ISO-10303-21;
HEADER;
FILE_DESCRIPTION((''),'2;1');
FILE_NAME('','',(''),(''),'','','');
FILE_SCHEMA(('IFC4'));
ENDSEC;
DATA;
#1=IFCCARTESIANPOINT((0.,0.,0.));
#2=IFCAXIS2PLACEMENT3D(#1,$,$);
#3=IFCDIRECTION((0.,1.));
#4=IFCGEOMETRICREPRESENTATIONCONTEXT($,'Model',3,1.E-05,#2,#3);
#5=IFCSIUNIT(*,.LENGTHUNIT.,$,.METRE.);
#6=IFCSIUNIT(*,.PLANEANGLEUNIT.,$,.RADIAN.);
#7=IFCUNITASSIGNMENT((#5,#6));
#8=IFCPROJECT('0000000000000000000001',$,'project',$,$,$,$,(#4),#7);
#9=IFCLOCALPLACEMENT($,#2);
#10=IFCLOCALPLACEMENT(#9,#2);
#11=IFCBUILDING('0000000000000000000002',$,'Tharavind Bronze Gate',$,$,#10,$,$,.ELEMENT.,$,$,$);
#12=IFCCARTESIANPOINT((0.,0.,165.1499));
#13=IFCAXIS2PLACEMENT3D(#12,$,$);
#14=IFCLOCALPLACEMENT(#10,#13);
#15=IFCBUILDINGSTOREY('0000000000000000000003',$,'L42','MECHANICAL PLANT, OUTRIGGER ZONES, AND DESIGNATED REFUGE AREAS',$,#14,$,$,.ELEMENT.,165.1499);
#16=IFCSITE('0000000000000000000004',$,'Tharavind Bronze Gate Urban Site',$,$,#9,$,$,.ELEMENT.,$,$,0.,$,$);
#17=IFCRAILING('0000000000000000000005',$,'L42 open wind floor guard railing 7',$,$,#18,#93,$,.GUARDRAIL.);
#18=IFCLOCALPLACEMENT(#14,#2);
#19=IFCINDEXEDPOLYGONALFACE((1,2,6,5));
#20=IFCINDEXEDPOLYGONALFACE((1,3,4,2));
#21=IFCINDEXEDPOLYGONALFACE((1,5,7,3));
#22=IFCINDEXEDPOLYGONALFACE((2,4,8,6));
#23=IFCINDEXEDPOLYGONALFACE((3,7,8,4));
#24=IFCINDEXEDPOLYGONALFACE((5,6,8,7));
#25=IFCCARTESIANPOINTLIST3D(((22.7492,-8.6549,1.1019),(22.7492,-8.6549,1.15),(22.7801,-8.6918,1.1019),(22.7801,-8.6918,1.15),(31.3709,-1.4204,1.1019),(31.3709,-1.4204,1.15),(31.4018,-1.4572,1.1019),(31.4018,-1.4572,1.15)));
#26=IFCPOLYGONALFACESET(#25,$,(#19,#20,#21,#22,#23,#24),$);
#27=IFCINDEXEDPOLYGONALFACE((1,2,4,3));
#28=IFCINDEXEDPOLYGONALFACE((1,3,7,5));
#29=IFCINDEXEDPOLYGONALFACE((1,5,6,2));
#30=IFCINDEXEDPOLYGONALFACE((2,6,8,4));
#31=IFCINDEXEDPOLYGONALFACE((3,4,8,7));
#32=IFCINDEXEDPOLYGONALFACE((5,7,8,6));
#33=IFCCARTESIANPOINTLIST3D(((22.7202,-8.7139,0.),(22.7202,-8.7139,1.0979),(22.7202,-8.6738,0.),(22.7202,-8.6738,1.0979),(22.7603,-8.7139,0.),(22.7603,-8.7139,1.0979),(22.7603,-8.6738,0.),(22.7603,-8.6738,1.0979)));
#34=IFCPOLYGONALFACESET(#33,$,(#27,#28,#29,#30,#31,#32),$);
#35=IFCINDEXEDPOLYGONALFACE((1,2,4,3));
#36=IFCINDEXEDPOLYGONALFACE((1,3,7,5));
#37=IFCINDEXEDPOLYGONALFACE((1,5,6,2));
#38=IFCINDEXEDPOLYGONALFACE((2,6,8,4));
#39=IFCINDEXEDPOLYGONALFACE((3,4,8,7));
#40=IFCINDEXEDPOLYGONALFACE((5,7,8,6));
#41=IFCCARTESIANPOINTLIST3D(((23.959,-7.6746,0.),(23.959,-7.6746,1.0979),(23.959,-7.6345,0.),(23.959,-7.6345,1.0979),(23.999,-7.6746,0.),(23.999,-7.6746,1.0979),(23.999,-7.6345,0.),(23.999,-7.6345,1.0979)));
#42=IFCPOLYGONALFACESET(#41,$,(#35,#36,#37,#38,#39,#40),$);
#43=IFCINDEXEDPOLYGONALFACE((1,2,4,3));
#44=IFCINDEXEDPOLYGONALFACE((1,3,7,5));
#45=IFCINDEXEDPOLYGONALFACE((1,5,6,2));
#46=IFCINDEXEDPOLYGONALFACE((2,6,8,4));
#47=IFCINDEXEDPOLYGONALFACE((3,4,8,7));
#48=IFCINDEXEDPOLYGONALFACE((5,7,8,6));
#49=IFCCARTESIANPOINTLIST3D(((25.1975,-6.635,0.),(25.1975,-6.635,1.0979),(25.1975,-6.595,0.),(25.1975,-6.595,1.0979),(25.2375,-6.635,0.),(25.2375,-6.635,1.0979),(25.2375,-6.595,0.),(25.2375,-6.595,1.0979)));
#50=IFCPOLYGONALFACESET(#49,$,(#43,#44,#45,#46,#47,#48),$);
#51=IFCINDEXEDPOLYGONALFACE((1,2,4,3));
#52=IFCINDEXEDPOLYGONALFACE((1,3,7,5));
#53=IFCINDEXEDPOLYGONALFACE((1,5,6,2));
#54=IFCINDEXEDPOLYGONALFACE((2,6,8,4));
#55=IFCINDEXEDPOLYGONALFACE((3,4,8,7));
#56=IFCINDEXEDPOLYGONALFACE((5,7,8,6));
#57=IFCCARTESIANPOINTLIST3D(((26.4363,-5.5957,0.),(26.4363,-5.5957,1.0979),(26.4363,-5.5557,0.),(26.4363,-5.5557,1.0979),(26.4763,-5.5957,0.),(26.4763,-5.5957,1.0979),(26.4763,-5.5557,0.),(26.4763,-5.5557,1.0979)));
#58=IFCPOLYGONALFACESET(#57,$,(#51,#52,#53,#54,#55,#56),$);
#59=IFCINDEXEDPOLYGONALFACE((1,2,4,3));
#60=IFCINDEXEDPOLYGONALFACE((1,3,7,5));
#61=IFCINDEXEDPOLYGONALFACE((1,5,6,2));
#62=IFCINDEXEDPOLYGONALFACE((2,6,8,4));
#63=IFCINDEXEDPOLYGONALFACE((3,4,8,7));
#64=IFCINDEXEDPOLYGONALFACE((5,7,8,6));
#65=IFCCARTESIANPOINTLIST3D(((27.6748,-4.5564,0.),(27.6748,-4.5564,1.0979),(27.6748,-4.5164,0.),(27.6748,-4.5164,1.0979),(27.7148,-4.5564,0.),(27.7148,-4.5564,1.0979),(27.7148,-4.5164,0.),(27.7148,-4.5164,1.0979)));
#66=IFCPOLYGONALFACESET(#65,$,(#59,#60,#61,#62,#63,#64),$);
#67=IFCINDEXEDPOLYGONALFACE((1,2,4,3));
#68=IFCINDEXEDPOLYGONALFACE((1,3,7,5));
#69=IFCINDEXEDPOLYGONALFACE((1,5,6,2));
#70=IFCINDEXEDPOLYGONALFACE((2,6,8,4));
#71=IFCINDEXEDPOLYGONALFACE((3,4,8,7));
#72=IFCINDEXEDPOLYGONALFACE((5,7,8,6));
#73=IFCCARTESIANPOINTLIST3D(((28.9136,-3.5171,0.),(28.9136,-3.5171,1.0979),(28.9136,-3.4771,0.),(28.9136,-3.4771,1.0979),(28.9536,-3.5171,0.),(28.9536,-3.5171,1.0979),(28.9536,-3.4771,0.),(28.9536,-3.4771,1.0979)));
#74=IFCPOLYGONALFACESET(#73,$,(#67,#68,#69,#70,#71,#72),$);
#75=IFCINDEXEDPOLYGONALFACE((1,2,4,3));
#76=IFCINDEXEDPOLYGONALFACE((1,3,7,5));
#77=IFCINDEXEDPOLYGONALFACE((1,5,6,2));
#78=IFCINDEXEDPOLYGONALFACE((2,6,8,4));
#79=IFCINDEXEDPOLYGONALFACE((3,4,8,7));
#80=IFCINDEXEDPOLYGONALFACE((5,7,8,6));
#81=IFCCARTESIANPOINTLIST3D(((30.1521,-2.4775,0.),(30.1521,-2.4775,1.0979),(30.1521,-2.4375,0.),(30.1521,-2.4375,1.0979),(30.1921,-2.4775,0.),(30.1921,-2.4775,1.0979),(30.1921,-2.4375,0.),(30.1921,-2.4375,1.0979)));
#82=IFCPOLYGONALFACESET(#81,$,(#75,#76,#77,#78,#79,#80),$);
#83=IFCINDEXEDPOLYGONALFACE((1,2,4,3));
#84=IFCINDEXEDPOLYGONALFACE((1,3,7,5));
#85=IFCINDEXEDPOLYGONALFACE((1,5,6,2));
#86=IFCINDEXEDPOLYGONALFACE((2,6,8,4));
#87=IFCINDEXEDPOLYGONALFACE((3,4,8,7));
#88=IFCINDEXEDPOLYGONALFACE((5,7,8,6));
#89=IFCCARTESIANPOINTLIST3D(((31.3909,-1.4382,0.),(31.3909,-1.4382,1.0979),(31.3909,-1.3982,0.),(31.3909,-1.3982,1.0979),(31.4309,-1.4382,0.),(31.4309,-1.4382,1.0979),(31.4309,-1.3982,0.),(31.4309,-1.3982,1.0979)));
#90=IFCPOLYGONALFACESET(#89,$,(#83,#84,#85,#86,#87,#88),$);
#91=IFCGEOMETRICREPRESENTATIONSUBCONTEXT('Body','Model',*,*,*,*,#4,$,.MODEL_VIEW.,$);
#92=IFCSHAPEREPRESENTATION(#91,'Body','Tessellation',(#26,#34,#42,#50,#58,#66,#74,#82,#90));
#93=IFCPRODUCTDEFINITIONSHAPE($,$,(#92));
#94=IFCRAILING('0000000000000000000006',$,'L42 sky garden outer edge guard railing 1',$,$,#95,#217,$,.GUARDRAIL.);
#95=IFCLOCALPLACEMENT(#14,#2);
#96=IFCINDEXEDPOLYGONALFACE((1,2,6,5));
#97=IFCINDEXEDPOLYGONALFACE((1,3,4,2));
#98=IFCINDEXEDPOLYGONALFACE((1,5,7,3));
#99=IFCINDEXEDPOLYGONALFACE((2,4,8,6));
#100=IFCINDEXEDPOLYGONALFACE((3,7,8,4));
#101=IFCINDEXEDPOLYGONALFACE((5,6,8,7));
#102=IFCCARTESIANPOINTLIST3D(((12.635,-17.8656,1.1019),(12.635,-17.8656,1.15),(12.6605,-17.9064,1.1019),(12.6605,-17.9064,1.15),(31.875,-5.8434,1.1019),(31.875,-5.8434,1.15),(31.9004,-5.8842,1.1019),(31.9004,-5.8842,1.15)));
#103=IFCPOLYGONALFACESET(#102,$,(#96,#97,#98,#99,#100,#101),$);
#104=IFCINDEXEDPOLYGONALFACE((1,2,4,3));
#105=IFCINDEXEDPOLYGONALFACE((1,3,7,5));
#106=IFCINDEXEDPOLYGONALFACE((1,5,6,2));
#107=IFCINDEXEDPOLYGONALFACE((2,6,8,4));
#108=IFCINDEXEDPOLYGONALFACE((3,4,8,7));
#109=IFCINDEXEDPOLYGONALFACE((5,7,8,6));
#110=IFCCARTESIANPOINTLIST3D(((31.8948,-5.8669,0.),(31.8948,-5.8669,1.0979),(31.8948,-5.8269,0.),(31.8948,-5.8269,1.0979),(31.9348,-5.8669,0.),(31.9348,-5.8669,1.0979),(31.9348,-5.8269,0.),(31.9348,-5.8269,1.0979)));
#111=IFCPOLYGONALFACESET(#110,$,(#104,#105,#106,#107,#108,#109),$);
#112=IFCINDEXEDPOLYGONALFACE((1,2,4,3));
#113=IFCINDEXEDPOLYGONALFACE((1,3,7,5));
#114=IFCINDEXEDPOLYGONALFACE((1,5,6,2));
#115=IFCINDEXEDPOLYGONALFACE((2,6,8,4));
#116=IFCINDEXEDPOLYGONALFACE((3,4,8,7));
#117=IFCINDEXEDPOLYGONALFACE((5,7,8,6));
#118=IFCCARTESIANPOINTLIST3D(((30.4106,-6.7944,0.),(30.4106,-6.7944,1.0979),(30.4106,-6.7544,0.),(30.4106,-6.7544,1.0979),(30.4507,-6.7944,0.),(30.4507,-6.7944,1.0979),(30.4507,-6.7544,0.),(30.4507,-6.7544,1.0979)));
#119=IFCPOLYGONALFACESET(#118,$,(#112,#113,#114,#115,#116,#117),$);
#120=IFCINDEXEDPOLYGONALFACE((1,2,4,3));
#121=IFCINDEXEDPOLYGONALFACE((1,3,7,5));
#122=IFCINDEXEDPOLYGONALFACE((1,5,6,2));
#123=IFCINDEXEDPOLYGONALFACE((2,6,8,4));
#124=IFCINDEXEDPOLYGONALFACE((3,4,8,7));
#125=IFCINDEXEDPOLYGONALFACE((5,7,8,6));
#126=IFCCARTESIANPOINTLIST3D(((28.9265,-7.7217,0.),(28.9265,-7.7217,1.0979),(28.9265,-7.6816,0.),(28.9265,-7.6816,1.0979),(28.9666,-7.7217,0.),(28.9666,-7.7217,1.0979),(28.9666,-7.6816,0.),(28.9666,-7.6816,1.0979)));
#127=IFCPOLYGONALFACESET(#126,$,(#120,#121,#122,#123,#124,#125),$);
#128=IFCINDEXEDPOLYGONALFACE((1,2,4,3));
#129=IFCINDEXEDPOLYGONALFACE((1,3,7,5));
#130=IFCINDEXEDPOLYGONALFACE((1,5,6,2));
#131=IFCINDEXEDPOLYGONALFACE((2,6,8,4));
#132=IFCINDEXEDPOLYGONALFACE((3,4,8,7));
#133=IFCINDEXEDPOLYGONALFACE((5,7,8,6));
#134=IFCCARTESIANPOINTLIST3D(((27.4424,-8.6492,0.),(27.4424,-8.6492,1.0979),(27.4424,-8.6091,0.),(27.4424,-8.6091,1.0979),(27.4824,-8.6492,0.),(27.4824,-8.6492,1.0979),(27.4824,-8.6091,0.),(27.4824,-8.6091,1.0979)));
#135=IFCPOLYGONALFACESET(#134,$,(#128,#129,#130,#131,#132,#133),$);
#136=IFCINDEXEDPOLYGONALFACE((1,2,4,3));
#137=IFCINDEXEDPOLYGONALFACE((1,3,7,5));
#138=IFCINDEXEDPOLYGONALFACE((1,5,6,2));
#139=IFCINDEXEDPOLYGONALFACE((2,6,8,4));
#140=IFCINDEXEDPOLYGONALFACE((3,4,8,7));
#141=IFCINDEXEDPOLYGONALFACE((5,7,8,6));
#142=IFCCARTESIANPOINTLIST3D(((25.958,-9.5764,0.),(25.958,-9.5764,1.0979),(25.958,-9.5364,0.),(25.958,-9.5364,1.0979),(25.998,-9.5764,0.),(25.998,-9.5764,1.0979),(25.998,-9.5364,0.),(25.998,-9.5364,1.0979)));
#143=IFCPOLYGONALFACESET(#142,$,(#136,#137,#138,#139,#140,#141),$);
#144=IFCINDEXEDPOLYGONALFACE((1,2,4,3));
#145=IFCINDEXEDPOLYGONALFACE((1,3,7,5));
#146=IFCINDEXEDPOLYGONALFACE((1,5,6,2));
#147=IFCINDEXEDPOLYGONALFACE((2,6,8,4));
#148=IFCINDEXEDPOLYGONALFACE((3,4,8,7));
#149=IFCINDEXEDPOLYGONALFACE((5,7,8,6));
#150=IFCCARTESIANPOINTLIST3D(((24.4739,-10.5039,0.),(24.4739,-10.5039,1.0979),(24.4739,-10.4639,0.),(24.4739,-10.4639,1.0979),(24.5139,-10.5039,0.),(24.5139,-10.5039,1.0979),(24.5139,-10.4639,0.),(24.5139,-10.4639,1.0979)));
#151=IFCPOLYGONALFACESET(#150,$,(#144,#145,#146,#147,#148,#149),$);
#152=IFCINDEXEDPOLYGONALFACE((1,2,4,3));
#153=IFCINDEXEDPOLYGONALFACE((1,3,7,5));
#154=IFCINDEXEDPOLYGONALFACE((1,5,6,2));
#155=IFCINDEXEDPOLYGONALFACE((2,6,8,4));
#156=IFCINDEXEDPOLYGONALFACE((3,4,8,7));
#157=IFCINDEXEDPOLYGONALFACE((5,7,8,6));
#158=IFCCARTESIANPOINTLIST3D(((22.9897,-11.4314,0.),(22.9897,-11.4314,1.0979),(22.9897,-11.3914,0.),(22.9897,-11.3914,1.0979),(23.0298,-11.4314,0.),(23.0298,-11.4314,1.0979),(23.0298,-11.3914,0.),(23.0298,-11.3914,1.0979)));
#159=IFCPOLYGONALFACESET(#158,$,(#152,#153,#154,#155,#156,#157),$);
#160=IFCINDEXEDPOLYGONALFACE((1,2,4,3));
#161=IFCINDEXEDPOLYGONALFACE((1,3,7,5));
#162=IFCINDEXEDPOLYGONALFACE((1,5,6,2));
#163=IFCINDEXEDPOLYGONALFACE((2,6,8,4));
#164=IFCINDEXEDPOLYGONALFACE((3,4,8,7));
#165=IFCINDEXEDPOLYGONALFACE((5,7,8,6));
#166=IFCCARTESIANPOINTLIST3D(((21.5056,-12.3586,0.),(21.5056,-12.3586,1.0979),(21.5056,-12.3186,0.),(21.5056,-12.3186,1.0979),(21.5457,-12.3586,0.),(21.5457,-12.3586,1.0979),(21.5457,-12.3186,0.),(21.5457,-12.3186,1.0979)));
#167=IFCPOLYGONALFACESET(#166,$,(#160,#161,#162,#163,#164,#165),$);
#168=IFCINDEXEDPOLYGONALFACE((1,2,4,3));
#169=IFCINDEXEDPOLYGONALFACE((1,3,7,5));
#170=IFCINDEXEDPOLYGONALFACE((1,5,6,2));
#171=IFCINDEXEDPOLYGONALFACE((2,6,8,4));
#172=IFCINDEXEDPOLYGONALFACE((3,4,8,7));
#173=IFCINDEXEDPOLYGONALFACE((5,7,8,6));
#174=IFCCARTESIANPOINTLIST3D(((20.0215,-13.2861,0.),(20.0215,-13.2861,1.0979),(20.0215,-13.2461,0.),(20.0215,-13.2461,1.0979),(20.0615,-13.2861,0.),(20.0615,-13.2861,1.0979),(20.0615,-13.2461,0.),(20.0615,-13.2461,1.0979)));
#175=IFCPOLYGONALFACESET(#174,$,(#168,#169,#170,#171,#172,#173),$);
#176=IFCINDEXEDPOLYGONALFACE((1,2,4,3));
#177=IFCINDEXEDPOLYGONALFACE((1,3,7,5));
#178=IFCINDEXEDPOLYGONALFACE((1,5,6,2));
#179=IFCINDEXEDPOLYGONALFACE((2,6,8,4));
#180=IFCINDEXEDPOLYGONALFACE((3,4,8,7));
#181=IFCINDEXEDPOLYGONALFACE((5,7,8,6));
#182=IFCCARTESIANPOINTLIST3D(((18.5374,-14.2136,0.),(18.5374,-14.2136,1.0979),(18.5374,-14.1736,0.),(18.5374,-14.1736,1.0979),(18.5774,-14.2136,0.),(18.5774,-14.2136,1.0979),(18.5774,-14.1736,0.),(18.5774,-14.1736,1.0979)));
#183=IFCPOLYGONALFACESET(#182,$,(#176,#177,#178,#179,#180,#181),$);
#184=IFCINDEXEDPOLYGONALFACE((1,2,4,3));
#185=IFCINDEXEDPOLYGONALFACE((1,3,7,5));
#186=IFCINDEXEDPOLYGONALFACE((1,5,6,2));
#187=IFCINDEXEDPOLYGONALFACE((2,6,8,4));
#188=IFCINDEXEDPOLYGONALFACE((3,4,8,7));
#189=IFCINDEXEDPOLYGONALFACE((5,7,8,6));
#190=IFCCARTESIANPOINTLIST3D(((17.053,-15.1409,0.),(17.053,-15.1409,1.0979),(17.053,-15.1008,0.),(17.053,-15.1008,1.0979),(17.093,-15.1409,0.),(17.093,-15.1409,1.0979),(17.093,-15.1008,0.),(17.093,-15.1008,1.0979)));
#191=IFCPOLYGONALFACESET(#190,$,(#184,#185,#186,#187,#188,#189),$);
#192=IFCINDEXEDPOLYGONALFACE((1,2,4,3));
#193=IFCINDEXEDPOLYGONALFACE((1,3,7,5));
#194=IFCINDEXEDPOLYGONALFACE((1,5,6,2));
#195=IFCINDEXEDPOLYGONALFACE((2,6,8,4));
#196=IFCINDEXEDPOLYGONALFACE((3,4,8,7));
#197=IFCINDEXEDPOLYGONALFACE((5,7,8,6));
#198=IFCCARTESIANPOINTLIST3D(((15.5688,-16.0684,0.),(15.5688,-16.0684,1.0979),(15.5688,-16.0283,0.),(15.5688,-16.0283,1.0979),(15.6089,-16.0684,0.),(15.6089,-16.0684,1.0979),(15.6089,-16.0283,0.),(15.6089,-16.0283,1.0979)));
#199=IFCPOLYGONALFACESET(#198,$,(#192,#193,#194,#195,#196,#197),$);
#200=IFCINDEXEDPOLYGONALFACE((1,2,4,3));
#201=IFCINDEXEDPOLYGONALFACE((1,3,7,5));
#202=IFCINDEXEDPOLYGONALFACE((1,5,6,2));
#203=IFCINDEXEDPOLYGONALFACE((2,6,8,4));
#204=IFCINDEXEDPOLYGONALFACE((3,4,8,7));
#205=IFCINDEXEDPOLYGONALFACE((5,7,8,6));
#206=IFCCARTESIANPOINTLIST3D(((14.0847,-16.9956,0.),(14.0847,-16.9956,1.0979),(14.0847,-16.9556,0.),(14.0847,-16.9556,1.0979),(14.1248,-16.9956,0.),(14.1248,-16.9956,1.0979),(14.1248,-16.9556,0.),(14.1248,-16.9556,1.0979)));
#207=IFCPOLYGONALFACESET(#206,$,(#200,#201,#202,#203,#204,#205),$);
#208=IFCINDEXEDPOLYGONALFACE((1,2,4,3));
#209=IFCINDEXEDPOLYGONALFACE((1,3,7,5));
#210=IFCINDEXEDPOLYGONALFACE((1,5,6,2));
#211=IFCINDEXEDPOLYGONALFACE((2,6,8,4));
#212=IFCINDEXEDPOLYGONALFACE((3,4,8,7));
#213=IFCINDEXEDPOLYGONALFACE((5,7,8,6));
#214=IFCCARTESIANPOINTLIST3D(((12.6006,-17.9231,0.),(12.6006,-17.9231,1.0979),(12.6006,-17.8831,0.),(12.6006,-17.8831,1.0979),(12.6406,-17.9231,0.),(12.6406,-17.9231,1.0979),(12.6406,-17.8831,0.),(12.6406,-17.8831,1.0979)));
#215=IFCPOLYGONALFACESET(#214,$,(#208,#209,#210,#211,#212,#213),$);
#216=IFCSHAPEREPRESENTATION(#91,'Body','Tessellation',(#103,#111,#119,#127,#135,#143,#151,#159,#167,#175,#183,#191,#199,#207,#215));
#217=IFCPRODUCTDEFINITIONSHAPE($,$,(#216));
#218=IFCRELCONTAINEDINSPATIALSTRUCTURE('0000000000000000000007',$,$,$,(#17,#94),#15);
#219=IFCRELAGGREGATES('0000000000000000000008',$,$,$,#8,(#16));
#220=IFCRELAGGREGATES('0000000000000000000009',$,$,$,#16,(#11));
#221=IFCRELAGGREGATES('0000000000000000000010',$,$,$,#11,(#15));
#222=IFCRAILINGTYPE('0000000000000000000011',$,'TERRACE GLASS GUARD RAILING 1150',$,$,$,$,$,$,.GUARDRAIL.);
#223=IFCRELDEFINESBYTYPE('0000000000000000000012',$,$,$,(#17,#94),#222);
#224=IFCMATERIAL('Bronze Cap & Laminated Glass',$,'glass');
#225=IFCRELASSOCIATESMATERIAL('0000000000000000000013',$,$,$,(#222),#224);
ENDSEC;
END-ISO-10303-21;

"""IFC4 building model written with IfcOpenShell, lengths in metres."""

from ifc_helpers import new_model, si_unit, direction, frame, origin, origin_2d, place, context, subcontext, project, spatial, rectangle, extrude, material, type_object, element, save


model = new_model("IFC4")

# Units and contexts
model_context = context("Model", 3, precision=1e-05, world=origin(), true_north=direction((0.0, 1.0)))
body_context = subcontext(model_context, "Body", "Model", "MODEL_VIEW")
ifc_project = project(units=[si_unit("LENGTHUNIT", "METRE"), si_unit("PLANEANGLEUNIT", "RADIAN")], contexts=[model_context])

# Site, building, storey
site_placement = place(None, origin())
site = spatial("IfcSite", under=ifc_project, at=site_placement, Name="Tharavind Bronze Gate Urban Site", CompositionType="ELEMENT", RefElevation=0.0)
building_placement = place(site_placement, origin())
building = spatial("IfcBuilding", under=site, at=building_placement, Name="Tharavind Bronze Gate", CompositionType="ELEMENT")
storey_placement = place(building_placement, frame((0.0, 0.0, 165.1499)))
storey = spatial("IfcBuildingStorey", under=building, at=storey_placement, Name="L42", Description="MECHANICAL PLANT, OUTRIGGER ZONES, AND DESIGNATED REFUGE AREAS", CompositionType="ELEMENT", Elevation=165.1499)

# Railings
ifc_material_1 = material(Name="Bronze Cap & Laminated Glass", Category="glass")
railing_type = type_object("IfcRailingType", Name="TERRACE GLASS GUARD RAILING 1150", PredefinedType="GUARDRAIL", material=ifc_material_1)
railing_1_placement = place(storey_placement, frame((22.7402, -8.6938, 0.0)))
element("IfcRailing", 1, at=railing_1_placement, inside=storey, type_object=railing_type, Name="L42 open wind floor guard railing 7", PredefinedType="GUARDRAIL", context=body_context, shape_type="SweptSolid", body=[
    extrude(rectangle(XDim=0.0481, YDim=0.0481, at=origin_2d()), frame((0.0244, 0.0205, 1.126), z_axis=(0.76604, 0.642792, 0.0), x_axis=(-0.642792, 0.76604, 0.0)), (0.0, 0.0, 1.0), 11.2549),
    extrude(rectangle(XDim=0.04, YDim=0.04, at=origin_2d()), origin(), (0.0, 0.0, 1.0), 1.0979),
    extrude(rectangle(XDim=0.04, YDim=0.04, at=origin_2d()), frame((1.2388, 1.0393, 0.0)), (0.0, 0.0, 1.0), 1.0979),
    extrude(rectangle(XDim=0.04, YDim=0.04, at=origin_2d()), frame((2.4773, 2.0789, 0.0)), (0.0, 0.0, 1.0), 1.0979),
    extrude(rectangle(XDim=0.04, YDim=0.04, at=origin_2d()), frame((3.7161, 3.1182, 0.0)), (0.0, 0.0, 1.0), 1.0979),
    extrude(rectangle(XDim=0.04, YDim=0.04, at=origin_2d()), frame((4.9546, 4.1575, 0.0)), (0.0, 0.0, 1.0), 1.0979),
    extrude(rectangle(XDim=0.04, YDim=0.04, at=origin_2d()), frame((6.1934, 5.1968, 0.0)), (0.0, 0.0, 1.0), 1.0979),
    extrude(rectangle(XDim=0.04, YDim=0.04, at=origin_2d()), frame((7.4319, 6.2363, 0.0)), (0.0, 0.0, 1.0), 1.0979),
    extrude(rectangle(XDim=0.04, YDim=0.04, at=origin_2d()), frame((8.6707, 7.2756, 0.0)), (0.0, 0.0, 1.0), 1.0979),
])
railing_2_placement = place(storey_placement, frame((31.9148, -5.8469, 0.0)))
element("IfcRailing", 2, at=railing_2_placement, inside=storey, type_object=railing_type, Name="L42 sky garden outer edge guard railing 1", PredefinedType="GUARDRAIL", context=body_context, shape_type="SweptSolid", body=[
    extrude(rectangle(XDim=0.0481, YDim=0.0481, at=origin_2d()), frame((-0.0271, -0.0168, 1.126), z_axis=(-0.848052, -0.529913, 0.0), x_axis=(0.529913, -0.848052, 0.0)), (0.0, 0.0, 1.0), 22.6873),
    extrude(rectangle(XDim=0.04, YDim=0.04, at=origin_2d()), origin(), (0.0, 0.0, 1.0), 1.0979),
    extrude(rectangle(XDim=0.04, YDim=0.04, at=origin_2d()), frame((-1.4841, -0.9275, 0.0)), (0.0, 0.0, 1.0), 1.0979),
    extrude(rectangle(XDim=0.04, YDim=0.04, at=origin_2d()), frame((-2.9683, -1.8547, 0.0)), (0.0, 0.0, 1.0), 1.0979),
    extrude(rectangle(XDim=0.04, YDim=0.04, at=origin_2d()), frame((-4.4524, -2.7822, 0.0)), (0.0, 0.0, 1.0), 1.0979),
    extrude(rectangle(XDim=0.04, YDim=0.04, at=origin_2d()), frame((-5.9368, -3.7095, 0.0)), (0.0, 0.0, 1.0), 1.0979),
    extrude(rectangle(XDim=0.04, YDim=0.04, at=origin_2d()), frame((-7.4209, -4.637, 0.0)), (0.0, 0.0, 1.0), 1.0979),
    extrude(rectangle(XDim=0.04, YDim=0.04, at=origin_2d()), frame((-8.905, -5.5645, 0.0)), (0.0, 0.0, 1.0), 1.0979),
    extrude(rectangle(XDim=0.04, YDim=0.04, at=origin_2d()), frame((-10.3892, -6.4917, 0.0)), (0.0, 0.0, 1.0), 1.0979),
    extrude(rectangle(XDim=0.04, YDim=0.04, at=origin_2d()), frame((-11.8733, -7.4192, 0.0)), (0.0, 0.0, 1.0), 1.0979),
    extrude(rectangle(XDim=0.04, YDim=0.04, at=origin_2d()), frame((-13.3574, -8.3467, 0.0)), (0.0, 0.0, 1.0), 1.0979),
    extrude(rectangle(XDim=0.04, YDim=0.04, at=origin_2d()), frame((-14.8418, -9.2739, 0.0)), (0.0, 0.0, 1.0), 1.0979),
    extrude(rectangle(XDim=0.04, YDim=0.04, at=origin_2d()), frame((-16.3259, -10.2014, 0.0)), (0.0, 0.0, 1.0), 1.0979),
    extrude(rectangle(XDim=0.04, YDim=0.04, at=origin_2d()), frame((-17.8101, -11.1287, 0.0)), (0.0, 0.0, 1.0), 1.0979),
    extrude(rectangle(XDim=0.04, YDim=0.04, at=origin_2d()), frame((-19.2942, -12.0562, 0.0)), (0.0, 0.0, 1.0), 1.0979),
])

save(model, "model.ifc")
